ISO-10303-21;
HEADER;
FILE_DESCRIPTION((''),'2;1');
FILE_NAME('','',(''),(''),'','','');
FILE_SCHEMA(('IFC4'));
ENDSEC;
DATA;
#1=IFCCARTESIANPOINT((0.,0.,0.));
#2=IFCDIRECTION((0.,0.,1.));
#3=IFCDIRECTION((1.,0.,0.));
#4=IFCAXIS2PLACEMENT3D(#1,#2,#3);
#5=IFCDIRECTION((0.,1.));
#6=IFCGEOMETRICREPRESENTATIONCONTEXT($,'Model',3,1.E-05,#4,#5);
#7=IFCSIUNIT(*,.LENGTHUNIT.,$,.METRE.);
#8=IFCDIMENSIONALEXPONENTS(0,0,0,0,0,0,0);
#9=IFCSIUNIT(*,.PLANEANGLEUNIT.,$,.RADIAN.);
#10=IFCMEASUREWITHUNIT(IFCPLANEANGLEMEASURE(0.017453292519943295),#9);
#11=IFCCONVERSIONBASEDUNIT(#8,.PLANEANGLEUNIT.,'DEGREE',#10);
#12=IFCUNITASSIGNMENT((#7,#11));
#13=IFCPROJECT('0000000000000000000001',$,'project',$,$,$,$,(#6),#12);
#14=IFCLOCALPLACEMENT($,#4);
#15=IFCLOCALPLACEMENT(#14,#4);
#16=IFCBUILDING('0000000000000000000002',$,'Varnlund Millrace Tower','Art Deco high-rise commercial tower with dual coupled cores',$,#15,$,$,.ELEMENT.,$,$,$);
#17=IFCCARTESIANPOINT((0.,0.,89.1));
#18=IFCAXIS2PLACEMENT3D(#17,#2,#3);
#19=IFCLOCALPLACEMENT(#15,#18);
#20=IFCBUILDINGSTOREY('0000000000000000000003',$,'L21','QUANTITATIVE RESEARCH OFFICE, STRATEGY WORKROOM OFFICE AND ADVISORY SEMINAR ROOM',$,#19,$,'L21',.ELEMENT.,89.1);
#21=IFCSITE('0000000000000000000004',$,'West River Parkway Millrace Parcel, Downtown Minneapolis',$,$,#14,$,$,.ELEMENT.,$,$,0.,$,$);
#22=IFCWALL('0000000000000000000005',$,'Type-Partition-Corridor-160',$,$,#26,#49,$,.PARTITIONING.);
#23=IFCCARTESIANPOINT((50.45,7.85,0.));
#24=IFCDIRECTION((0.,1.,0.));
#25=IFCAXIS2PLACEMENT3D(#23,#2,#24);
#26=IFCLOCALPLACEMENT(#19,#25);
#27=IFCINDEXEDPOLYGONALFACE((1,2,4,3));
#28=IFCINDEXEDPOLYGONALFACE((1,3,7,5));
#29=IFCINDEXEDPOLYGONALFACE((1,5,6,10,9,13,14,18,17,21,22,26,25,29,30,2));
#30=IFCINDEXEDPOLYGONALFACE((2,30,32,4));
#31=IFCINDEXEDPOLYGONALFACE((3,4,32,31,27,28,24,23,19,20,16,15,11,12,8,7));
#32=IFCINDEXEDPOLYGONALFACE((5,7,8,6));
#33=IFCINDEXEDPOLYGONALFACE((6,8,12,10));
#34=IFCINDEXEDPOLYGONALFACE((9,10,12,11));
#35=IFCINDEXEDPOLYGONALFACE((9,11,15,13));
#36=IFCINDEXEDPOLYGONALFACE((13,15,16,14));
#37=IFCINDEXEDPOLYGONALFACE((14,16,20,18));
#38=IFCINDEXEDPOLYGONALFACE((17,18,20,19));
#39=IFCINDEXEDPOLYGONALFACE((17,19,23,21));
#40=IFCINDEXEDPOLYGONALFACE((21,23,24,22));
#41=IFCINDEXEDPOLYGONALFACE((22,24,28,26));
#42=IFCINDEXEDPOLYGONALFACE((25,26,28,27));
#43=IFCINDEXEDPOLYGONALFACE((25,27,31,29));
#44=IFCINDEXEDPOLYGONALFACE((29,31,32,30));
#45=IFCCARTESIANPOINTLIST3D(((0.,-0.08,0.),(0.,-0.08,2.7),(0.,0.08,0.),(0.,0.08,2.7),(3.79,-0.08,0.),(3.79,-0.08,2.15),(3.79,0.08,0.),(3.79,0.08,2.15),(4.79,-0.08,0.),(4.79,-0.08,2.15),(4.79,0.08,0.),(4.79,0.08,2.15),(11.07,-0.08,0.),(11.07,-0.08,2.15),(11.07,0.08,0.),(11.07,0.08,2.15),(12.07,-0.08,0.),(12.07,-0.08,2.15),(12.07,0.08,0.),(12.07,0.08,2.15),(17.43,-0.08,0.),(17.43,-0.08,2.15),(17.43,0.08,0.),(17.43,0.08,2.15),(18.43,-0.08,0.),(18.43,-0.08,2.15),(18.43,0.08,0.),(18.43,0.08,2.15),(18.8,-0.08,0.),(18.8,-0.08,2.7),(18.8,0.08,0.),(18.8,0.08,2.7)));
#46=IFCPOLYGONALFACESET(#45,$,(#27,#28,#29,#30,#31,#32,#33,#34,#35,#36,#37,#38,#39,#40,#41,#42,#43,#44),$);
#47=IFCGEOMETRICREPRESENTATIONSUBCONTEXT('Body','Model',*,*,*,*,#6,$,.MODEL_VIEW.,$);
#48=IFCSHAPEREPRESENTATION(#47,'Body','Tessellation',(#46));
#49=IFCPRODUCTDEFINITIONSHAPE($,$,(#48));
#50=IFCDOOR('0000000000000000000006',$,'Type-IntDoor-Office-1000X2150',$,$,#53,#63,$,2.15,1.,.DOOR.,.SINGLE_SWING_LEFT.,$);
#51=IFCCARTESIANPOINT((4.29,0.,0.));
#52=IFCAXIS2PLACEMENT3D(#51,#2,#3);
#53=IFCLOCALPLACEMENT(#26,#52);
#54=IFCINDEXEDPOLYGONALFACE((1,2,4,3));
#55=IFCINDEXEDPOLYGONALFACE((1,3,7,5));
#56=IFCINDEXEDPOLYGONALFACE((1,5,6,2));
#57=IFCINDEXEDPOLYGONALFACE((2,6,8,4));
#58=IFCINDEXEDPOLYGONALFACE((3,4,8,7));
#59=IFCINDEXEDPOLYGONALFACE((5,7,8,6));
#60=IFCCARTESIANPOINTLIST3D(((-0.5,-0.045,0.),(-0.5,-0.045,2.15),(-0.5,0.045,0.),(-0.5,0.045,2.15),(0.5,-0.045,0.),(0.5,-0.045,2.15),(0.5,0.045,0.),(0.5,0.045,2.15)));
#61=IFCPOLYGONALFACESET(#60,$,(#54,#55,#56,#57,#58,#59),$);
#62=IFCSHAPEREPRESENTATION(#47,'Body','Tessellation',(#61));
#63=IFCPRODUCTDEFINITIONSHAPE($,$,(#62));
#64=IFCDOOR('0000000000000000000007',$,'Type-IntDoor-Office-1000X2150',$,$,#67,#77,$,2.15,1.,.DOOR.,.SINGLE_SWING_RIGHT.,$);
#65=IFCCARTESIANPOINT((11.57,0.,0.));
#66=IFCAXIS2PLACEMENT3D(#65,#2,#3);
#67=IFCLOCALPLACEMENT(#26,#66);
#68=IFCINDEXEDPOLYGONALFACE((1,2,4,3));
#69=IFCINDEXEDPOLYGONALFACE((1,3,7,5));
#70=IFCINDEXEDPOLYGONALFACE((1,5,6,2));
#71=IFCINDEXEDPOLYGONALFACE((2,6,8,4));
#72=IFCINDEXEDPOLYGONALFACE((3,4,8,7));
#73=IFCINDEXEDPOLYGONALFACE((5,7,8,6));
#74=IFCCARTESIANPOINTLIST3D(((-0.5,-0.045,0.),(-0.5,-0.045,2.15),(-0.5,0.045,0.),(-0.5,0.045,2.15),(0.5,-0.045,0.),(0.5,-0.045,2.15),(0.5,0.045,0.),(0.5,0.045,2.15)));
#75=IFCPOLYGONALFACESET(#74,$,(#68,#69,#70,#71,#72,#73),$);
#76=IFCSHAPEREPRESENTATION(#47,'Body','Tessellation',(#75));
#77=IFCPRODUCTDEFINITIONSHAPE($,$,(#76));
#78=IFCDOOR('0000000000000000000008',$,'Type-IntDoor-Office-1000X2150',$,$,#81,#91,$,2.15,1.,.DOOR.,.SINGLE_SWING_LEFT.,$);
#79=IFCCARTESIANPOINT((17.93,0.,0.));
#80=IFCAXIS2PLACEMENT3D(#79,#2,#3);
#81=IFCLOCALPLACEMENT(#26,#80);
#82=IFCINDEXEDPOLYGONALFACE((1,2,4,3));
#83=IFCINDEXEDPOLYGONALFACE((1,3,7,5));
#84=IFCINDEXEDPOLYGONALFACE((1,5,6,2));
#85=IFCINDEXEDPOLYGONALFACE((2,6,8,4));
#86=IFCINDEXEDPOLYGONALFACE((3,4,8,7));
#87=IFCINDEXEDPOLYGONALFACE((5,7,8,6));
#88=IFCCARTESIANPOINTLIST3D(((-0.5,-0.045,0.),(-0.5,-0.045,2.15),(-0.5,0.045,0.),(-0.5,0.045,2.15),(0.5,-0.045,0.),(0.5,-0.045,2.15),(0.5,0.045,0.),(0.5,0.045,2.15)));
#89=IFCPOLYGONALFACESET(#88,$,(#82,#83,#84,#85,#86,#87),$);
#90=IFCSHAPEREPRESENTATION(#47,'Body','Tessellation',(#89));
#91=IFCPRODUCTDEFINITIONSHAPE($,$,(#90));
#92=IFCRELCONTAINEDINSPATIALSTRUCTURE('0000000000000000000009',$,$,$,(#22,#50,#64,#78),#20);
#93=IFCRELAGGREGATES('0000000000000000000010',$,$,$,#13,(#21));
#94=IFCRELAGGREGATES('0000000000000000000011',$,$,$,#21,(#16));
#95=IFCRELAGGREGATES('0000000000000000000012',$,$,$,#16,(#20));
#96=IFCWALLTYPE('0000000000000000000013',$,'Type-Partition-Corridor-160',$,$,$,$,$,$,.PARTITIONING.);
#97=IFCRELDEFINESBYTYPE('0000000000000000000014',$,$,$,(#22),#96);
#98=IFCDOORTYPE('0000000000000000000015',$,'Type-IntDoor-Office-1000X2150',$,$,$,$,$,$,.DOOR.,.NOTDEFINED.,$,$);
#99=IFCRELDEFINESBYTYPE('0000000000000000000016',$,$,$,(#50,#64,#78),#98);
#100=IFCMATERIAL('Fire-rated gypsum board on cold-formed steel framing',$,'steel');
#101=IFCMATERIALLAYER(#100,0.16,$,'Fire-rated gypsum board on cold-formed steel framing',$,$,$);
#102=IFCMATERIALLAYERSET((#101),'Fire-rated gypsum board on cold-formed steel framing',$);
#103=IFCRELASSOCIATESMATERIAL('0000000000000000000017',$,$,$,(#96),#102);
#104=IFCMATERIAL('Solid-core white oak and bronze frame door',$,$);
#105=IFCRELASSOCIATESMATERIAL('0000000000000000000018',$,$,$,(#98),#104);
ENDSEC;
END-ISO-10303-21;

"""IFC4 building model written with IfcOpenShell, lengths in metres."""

from ifc_helpers import new_model, entity, si_unit, converted_unit, direction, frame, origin_with_axes, origin_2d_with_axis, place, context, subcontext, project, spatial, polyline, rectangle, outline, extrude, material, layer, layer_set, type_object, element, fill, save


model = new_model("IFC4")

# Units and contexts
model_context = context("Model", 3, precision=1e-05, world=origin_with_axes(), true_north=direction((0.0, 1.0)))
body_context = subcontext(model_context, "Body", "Model", "MODEL_VIEW")
ifc_project = project(units=[si_unit("LENGTHUNIT", "METRE"), converted_unit("PLANEANGLEUNIT", "DEGREE", entity("IfcPlaneAngleMeasure", 0.017453292519943295), si_unit("PLANEANGLEUNIT", "RADIAN"), dimensions=[0, 0, 0, 0, 0, 0, 0])], contexts=[model_context])

# Site, building, storey
site_placement = place(None, origin_with_axes())
site = spatial("IfcSite", under=ifc_project, at=site_placement, Name="West River Parkway Millrace Parcel, Downtown Minneapolis", CompositionType="ELEMENT", RefElevation=0.0)
building_placement = place(site_placement, origin_with_axes())
building = spatial("IfcBuilding", under=site, at=building_placement, Name="Varnlund Millrace Tower", Description="Art Deco high-rise commercial tower with dual coupled cores", CompositionType="ELEMENT")
storey_placement = place(building_placement, frame((0.0, 0.0, 89.1), z_axis=(0.0, 0.0, 1.0), x_axis=(1.0, 0.0, 0.0)))
storey = spatial("IfcBuildingStorey", under=building, at=storey_placement, Name="L21", Description="QUANTITATIVE RESEARCH OFFICE, STRATEGY WORKROOM OFFICE AND ADVISORY SEMINAR ROOM", LongName="L21", CompositionType="ELEMENT", Elevation=89.1)

# Wall, openings, doors
ifc_material_1 = material(Name="Fire-rated gypsum board on cold-formed steel framing", Category="steel")
ifc_layer_1 = layer(ifc_material_1, 0.16, Name="Fire-rated gypsum board on cold-formed steel framing")
ifc_layer_set_1 = layer_set([ifc_layer_1], Name="Fire-rated gypsum board on cold-formed steel framing")
wall_type_1 = type_object("IfcWallType", Name="Type-Partition-Corridor-160", PredefinedType="PARTITIONING", material=ifc_layer_set_1)
wall_1_placement = place(storey_placement, frame((50.45, 7.85, 0.0), z_axis=(0.0, 0.0, 1.0), x_axis=(0.0, 1.0, 0.0)))
wall_1 = element("IfcWall", 1, at=wall_1_placement, inside=storey, type_object=wall_type_1, Name="Type-Partition-Corridor-160", PredefinedType="PARTITIONING", context=body_context, shape_type="SweptSolid", body=[
    extrude(outline(polyline([(0.0, -0.08), (18.8, -0.08), (18.8, 0.08), (0.0, 0.08), (0.0, -0.08)])), origin_with_axes(), (0.0, 0.0, 1.0), 2.7),
])
opening_1_placement = place(wall_1_placement, frame((4.29, 0.0, 0.0), z_axis=(0.0, 0.0, 1.0), x_axis=(1.0, 0.0, 0.0)))
opening_1 = element("IfcOpeningElement", 2, at=opening_1_placement, cuts=wall_1, PredefinedType="OPENING", context=body_context, shape_type="SweptSolid", body=[
    extrude(rectangle(XDim=1.0, YDim=0.18, at=origin_2d_with_axis()), origin_with_axes(), (0.0, 0.0, 1.0), 2.15),
])
opening_2_placement = place(wall_1_placement, frame((11.57, 0.0, 0.0), z_axis=(0.0, 0.0, 1.0), x_axis=(1.0, 0.0, 0.0)))
opening_2 = element("IfcOpeningElement", 3, at=opening_2_placement, cuts=wall_1, PredefinedType="OPENING", context=body_context, shape_type="SweptSolid", body=[
    extrude(rectangle(XDim=1.0, YDim=0.18, at=origin_2d_with_axis()), origin_with_axes(), (0.0, 0.0, 1.0), 2.15),
])
opening_3_placement = place(wall_1_placement, frame((17.93, 0.0, 0.0), z_axis=(0.0, 0.0, 1.0), x_axis=(1.0, 0.0, 0.0)))
opening_3 = element("IfcOpeningElement", 4, at=opening_3_placement, cuts=wall_1, PredefinedType="OPENING", context=body_context, shape_type="SweptSolid", body=[
    extrude(rectangle(XDim=1.0, YDim=0.18, at=origin_2d_with_axis()), origin_with_axes(), (0.0, 0.0, 1.0), 2.15),
])
ifc_material_2 = material(Name="Solid-core white oak and bronze frame door")
door_type_1 = type_object("IfcDoorType", Name="Type-IntDoor-Office-1000X2150", OperationType="NOTDEFINED", PredefinedType="DOOR", material=ifc_material_2)
door_1_placement = place(wall_1_placement, frame((4.29, 0.0, 0.0), z_axis=(0.0, 0.0, 1.0), x_axis=(1.0, 0.0, 0.0)))
door_1 = element("IfcDoor", 5, at=door_1_placement, inside=storey, type_object=door_type_1, Name="Type-IntDoor-Office-1000X2150", OperationType="SINGLE_SWING_LEFT", OverallHeight=2.15, OverallWidth=1.0, PredefinedType="DOOR", context=body_context, shape_type="SweptSolid", body=[
    extrude(rectangle(XDim=1.0, YDim=0.09, at=origin_2d_with_axis()), origin_with_axes(), (0.0, 0.0, 1.0), 2.15),
])
fill(opening_1, door_1)
door_2_placement = place(wall_1_placement, frame((11.57, 0.0, 0.0), z_axis=(0.0, 0.0, 1.0), x_axis=(1.0, 0.0, 0.0)))
door_2 = element("IfcDoor", 6, at=door_2_placement, inside=storey, type_object=door_type_1, Name="Type-IntDoor-Office-1000X2150", OperationType="SINGLE_SWING_RIGHT", OverallHeight=2.15, OverallWidth=1.0, PredefinedType="DOOR", context=body_context, shape_type="SweptSolid", body=[
    extrude(rectangle(XDim=1.0, YDim=0.09, at=origin_2d_with_axis()), origin_with_axes(), (0.0, 0.0, 1.0), 2.15),
])
fill(opening_2, door_2)
door_3_placement = place(wall_1_placement, frame((17.93, 0.0, 0.0), z_axis=(0.0, 0.0, 1.0), x_axis=(1.0, 0.0, 0.0)))
door_3 = element("IfcDoor", 7, at=door_3_placement, inside=storey, type_object=door_type_1, Name="Type-IntDoor-Office-1000X2150", OperationType="SINGLE_SWING_LEFT", OverallHeight=2.15, OverallWidth=1.0, PredefinedType="DOOR", context=body_context, shape_type="SweptSolid", body=[
    extrude(rectangle(XDim=1.0, YDim=0.09, at=origin_2d_with_axis()), origin_with_axes(), (0.0, 0.0, 1.0), 2.15),
])
fill(opening_3, door_3)

save(model, "model.ifc")
